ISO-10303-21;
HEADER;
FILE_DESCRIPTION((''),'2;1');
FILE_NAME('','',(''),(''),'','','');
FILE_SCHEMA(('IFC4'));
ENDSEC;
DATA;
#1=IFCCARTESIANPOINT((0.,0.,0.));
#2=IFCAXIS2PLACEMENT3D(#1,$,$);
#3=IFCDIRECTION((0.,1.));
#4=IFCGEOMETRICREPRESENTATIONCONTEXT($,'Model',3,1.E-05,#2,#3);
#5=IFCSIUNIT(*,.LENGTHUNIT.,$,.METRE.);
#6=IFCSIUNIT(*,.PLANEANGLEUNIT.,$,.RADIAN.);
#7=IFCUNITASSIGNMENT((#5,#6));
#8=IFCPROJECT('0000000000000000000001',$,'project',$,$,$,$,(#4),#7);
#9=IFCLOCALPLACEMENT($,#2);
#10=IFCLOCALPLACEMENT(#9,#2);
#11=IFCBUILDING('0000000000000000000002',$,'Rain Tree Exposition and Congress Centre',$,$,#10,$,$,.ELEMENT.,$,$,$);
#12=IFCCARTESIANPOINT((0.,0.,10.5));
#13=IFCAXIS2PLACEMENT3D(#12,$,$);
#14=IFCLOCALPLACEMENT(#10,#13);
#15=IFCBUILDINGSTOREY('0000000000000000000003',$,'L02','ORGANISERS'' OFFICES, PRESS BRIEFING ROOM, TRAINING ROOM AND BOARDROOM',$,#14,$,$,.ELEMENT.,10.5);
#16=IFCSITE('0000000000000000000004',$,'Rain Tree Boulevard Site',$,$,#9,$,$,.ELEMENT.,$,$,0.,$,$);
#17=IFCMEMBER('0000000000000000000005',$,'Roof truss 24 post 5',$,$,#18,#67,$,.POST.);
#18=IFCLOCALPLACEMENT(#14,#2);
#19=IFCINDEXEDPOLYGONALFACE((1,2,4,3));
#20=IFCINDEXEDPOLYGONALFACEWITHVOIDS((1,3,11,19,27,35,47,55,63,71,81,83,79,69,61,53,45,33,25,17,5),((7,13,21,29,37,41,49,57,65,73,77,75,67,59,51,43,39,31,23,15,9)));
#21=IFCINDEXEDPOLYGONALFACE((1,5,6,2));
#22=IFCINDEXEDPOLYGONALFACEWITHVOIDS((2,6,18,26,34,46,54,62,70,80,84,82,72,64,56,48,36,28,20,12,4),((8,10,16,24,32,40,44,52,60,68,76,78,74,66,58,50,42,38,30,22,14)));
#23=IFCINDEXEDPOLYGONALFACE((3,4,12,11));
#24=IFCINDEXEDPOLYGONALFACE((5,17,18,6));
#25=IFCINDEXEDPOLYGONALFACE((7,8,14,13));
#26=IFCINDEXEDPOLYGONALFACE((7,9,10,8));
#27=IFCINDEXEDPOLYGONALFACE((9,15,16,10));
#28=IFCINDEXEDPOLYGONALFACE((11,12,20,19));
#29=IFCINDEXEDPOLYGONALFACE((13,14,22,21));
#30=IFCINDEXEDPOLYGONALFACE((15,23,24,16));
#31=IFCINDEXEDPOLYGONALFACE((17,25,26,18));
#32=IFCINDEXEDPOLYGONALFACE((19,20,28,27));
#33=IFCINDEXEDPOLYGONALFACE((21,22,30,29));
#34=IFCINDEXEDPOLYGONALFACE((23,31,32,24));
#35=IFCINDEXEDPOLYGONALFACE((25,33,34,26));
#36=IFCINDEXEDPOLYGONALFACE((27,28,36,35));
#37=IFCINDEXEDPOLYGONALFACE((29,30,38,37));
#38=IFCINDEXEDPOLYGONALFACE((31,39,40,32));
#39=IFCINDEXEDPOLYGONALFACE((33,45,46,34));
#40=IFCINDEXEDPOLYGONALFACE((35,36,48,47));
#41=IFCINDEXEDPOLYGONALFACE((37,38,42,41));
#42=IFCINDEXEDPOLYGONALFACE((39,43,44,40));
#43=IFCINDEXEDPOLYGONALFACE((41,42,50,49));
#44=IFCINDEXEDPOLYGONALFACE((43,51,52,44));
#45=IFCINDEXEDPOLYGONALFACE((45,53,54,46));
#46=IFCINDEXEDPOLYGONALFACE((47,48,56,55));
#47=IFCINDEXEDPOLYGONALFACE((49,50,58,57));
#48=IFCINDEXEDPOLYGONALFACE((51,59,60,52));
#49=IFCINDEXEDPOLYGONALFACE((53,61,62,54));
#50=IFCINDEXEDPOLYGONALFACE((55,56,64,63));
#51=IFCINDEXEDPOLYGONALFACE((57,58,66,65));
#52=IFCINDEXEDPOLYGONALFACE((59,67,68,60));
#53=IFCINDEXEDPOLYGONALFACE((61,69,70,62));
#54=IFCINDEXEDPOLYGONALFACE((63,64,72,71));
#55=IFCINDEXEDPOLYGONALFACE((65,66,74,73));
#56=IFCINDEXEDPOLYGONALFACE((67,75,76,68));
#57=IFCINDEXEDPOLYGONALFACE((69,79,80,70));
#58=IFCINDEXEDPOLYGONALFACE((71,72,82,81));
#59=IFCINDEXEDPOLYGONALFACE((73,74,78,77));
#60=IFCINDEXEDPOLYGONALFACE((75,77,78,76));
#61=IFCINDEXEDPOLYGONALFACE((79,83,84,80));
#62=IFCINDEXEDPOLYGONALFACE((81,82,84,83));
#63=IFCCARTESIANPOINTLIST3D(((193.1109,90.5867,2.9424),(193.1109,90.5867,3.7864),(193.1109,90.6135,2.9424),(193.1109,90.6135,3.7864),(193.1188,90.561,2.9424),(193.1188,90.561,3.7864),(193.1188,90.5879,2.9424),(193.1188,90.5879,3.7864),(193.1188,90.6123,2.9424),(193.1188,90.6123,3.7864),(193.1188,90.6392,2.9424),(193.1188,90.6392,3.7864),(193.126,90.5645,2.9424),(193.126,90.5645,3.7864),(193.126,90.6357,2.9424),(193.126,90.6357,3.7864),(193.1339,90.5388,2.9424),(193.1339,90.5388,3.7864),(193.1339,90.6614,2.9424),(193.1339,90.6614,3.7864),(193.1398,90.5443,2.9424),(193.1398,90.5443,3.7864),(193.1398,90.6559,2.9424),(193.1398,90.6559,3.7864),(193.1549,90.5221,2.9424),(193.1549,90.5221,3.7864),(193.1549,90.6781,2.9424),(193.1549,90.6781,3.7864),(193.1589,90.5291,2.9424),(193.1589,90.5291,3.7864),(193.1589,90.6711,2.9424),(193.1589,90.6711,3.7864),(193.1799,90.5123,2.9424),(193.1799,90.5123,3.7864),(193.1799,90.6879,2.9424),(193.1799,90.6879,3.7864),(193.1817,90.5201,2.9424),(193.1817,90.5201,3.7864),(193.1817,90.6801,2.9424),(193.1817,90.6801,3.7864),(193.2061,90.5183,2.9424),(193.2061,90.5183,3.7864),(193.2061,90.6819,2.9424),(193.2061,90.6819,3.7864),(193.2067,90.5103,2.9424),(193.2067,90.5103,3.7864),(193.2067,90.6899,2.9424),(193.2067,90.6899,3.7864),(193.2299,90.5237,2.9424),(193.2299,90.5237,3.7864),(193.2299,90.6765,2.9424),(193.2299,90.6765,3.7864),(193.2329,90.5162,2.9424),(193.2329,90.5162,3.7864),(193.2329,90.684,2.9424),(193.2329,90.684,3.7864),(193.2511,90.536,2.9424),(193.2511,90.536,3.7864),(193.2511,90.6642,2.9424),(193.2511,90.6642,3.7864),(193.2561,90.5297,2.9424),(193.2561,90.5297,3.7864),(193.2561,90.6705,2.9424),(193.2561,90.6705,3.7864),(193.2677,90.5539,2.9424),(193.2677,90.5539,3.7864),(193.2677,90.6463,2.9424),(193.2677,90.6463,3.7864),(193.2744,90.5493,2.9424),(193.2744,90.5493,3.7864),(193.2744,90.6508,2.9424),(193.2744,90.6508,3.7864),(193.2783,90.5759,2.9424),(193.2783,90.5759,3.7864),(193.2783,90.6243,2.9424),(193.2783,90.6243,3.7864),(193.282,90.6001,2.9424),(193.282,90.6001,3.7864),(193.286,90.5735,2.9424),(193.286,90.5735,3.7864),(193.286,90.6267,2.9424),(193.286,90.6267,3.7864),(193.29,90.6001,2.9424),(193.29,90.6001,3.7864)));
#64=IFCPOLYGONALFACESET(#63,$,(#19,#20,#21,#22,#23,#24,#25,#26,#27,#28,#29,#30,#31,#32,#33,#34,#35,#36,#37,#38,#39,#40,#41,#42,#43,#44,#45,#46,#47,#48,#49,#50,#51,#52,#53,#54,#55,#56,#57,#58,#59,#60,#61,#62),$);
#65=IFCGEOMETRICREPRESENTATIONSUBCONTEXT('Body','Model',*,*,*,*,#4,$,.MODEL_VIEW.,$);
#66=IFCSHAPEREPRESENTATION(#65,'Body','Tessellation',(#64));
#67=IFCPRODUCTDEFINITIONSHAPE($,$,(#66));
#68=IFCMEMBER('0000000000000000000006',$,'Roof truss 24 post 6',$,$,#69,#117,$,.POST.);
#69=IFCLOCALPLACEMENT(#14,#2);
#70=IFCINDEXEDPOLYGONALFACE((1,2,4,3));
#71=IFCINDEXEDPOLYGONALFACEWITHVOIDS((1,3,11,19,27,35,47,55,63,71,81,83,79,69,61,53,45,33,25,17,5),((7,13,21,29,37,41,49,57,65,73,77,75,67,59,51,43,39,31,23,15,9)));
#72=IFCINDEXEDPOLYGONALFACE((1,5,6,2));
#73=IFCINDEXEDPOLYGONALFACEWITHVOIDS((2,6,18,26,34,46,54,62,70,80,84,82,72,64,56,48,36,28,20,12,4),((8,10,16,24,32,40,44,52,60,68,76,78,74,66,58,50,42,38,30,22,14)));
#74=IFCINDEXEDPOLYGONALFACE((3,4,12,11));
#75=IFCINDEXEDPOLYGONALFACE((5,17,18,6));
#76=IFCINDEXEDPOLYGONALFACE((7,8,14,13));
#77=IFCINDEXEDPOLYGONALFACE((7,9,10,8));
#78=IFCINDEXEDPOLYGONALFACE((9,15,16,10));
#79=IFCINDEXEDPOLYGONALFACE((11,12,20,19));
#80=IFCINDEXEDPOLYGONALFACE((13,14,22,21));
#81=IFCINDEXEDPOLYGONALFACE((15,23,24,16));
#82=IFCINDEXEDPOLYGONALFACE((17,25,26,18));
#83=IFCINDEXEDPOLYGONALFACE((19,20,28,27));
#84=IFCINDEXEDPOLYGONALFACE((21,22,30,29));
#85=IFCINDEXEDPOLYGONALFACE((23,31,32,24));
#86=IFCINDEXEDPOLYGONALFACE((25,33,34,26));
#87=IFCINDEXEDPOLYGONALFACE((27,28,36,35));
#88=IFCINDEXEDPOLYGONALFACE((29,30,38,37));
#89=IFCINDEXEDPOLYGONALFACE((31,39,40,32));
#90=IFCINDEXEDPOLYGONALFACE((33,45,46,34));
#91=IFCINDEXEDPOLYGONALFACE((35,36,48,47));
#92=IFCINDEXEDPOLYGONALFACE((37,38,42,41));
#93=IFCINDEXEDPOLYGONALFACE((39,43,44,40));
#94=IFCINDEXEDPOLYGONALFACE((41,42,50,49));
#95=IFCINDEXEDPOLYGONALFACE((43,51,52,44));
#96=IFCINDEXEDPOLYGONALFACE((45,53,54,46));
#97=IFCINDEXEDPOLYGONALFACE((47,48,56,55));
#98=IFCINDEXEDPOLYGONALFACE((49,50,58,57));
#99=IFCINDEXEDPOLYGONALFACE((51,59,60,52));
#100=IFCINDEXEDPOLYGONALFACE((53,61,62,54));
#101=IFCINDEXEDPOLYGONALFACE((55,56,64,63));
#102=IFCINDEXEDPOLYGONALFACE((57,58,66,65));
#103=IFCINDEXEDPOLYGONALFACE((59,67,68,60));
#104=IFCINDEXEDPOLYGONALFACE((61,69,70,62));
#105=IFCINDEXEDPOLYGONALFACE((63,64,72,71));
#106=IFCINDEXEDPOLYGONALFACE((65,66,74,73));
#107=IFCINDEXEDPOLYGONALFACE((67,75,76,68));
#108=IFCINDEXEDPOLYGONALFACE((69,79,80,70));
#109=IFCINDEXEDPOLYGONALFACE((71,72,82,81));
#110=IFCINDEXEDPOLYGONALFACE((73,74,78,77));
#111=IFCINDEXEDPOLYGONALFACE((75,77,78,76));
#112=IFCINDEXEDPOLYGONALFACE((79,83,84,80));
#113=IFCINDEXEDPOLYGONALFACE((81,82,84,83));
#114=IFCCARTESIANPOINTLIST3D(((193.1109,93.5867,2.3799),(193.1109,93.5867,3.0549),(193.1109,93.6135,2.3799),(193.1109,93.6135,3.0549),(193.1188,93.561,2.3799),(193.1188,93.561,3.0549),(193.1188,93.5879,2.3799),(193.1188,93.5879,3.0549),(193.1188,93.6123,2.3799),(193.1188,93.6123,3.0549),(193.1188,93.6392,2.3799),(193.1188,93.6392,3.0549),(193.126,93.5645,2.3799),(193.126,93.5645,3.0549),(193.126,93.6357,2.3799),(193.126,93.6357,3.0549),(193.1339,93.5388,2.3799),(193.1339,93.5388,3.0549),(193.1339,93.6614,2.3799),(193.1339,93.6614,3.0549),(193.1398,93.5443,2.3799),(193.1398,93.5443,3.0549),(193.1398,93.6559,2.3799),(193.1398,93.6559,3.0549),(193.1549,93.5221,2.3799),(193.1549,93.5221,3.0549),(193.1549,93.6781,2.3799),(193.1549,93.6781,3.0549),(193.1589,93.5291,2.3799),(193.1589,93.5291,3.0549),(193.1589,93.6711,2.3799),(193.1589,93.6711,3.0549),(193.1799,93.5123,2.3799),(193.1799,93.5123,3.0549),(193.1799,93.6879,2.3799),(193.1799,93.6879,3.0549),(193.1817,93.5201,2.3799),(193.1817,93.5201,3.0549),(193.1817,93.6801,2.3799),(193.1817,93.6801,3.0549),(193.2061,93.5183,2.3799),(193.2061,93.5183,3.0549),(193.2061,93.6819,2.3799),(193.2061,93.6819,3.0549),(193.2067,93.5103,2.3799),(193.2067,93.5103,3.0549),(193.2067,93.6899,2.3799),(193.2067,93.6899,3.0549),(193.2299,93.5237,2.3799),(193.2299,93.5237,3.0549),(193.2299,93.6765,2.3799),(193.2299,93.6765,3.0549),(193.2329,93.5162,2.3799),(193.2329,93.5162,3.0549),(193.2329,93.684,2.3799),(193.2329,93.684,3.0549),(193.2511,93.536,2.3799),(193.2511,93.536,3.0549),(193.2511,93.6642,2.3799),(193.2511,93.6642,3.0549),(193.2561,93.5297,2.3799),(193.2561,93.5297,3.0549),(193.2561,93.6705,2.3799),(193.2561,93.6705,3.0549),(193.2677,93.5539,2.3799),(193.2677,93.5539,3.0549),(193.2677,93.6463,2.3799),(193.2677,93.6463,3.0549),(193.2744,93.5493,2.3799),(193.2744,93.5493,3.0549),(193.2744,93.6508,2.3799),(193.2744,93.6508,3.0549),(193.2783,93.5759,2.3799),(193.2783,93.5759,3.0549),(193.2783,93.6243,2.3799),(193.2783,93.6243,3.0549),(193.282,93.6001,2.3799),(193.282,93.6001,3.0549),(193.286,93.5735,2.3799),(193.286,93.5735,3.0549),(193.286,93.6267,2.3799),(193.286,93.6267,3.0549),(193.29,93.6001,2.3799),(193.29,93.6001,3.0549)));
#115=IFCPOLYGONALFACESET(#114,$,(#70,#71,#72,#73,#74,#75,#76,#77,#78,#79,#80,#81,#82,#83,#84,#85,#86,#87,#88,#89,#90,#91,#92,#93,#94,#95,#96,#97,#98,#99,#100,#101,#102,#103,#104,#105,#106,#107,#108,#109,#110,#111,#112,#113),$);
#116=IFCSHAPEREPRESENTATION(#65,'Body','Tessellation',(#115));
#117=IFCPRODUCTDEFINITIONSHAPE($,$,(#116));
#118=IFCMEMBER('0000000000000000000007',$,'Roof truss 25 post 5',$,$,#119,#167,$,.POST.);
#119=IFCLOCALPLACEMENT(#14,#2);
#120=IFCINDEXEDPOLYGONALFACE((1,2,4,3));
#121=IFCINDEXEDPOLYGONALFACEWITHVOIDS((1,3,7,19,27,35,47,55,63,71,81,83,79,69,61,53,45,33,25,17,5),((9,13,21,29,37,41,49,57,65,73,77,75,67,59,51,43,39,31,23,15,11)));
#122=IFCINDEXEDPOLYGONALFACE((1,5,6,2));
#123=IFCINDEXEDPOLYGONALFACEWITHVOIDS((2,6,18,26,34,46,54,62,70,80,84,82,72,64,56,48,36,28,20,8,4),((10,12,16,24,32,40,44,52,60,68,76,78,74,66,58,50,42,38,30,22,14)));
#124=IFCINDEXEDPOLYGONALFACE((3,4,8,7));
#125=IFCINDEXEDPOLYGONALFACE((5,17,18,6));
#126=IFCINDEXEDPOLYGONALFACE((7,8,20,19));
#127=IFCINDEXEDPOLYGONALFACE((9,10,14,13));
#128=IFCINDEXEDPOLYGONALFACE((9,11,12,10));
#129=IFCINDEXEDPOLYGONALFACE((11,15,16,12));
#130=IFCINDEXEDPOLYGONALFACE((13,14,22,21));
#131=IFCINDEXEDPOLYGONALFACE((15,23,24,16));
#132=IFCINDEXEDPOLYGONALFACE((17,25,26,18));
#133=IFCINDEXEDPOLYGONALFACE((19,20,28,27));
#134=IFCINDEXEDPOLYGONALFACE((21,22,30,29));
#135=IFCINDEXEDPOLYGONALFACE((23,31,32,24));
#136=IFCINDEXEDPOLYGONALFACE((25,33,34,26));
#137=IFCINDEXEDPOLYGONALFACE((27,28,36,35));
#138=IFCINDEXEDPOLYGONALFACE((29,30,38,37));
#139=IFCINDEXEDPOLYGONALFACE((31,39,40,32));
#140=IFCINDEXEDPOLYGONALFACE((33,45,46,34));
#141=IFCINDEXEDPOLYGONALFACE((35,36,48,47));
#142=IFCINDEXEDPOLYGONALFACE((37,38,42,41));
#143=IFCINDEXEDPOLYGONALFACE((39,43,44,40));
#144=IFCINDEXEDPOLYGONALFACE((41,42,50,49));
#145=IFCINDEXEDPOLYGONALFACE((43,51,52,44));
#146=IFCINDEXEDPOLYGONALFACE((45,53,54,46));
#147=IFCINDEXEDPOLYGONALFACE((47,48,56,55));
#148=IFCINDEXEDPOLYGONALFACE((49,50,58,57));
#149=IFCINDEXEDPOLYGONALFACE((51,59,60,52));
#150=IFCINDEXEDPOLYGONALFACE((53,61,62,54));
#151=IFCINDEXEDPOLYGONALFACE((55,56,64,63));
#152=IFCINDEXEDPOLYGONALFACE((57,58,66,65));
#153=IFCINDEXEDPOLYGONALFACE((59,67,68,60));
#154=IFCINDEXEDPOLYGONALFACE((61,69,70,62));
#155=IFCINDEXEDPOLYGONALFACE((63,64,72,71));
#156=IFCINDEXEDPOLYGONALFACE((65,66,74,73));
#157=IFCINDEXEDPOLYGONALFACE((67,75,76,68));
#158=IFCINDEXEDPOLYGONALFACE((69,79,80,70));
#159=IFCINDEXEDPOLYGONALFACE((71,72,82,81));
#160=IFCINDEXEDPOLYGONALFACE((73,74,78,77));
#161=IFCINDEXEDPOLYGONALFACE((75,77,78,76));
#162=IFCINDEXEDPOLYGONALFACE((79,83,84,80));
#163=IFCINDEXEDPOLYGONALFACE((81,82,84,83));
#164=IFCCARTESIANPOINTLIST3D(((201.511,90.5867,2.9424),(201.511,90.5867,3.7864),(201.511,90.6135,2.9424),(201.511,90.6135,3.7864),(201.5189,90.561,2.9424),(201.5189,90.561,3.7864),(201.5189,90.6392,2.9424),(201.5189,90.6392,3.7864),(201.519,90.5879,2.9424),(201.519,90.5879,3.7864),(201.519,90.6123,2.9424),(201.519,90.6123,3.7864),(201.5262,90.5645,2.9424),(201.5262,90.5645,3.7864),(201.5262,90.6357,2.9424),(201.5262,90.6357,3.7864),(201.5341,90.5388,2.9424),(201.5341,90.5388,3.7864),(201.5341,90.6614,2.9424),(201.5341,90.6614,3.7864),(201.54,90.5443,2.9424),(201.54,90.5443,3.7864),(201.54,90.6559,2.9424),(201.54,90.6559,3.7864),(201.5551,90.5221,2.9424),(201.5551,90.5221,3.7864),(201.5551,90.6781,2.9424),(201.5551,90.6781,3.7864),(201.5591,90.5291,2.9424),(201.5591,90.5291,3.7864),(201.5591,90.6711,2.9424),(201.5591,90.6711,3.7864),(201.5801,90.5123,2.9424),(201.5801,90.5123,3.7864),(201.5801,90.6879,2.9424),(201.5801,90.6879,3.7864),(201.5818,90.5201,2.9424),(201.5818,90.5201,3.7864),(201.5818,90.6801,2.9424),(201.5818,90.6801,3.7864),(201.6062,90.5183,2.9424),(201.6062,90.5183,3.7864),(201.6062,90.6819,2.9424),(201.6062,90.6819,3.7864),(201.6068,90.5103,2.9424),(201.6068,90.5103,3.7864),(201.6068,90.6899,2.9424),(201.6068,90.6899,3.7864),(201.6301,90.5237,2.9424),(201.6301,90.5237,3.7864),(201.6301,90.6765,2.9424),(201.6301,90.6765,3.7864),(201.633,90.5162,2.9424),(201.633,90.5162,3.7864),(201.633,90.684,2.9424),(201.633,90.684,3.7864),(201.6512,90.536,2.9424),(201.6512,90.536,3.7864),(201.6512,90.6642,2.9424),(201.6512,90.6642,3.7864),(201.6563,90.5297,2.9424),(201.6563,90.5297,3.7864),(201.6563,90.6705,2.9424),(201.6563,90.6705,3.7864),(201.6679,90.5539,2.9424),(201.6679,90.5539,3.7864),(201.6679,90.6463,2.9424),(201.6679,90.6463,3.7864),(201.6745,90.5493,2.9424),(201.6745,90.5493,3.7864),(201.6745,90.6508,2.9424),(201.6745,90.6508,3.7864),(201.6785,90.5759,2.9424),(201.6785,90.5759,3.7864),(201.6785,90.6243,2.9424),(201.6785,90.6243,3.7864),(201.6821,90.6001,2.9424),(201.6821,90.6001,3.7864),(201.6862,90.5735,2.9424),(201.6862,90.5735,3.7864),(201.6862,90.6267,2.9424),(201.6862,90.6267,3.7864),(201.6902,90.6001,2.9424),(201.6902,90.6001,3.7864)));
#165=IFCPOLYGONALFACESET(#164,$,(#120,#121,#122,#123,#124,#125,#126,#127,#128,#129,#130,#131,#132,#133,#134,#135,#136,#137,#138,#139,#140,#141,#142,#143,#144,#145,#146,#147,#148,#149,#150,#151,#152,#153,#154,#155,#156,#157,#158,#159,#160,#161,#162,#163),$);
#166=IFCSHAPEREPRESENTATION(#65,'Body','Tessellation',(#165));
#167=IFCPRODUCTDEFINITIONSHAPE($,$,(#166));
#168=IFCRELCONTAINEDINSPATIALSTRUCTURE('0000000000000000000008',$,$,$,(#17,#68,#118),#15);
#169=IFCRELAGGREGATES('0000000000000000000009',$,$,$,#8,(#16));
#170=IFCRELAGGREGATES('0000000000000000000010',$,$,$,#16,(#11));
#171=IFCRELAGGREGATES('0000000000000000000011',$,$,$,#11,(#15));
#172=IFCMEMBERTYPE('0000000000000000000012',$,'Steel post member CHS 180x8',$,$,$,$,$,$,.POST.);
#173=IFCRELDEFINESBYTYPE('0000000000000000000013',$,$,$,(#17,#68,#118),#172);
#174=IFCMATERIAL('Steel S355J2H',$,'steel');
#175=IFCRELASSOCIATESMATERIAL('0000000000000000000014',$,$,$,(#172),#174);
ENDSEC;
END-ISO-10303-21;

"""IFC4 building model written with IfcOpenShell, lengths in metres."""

from ifc_helpers import new_model, si_unit, direction, frame, origin, origin_2d, place, context, subcontext, project, spatial, hollow_circle, extrude, material, material_profile, profile_set, type_object, element, save


model = new_model("IFC4")

# Units and contexts
model_context = context("Model", 3, precision=1e-05, world=origin(), true_north=direction((0.0, 1.0)))
body_context = subcontext(model_context, "Body", "Model", "MODEL_VIEW")
ifc_project = project(units=[si_unit("LENGTHUNIT", "METRE"), si_unit("PLANEANGLEUNIT", "RADIAN")], contexts=[model_context])

# Site, building, storey
site_placement = place(None, origin())
site = spatial("IfcSite", under=ifc_project, at=site_placement, Name="Rain Tree Boulevard Site", CompositionType="ELEMENT", RefElevation=0.0)
building_placement = place(site_placement, origin())
building = spatial("IfcBuilding", under=site, at=building_placement, Name="Rain Tree Exposition and Congress Centre", CompositionType="ELEMENT")
storey_placement = place(building_placement, frame((0.0, 0.0, 10.5)))
storey = spatial("IfcBuildingStorey", under=building, at=storey_placement, Name="L02", Description="ORGANISERS' OFFICES, PRESS BRIEFING ROOM, TRAINING ROOM AND BOARDROOM", CompositionType="ELEMENT", Elevation=10.5)

# Members
ifc_material_1 = material(Name="Steel S355J2H", Category="steel")
ifc_material_profile_1 = material_profile(ifc_material_1, hollow_circle(Radius=0.0901, WallThickness=0.0081, at=origin_2d()), Name="CHS 180x8")
ifc_profile_set_1 = profile_set([ifc_material_profile_1], Name="Steel S355J2H")
member_type_1 = type_object("IfcMemberType", Name="Steel post member CHS 180x8", PredefinedType="POST", material=ifc_profile_set_1)
member_1_placement = place(storey_placement, frame((193.2, 90.6001, 2.9424), z_axis=(0.0, 0.0, 1.0), x_axis=(1.0, 0.0, 0.0)))
element("IfcMember", 1, at=member_1_placement, inside=storey, type_object=member_type_1, Name="Roof truss 24 post 5", PredefinedType="POST", context=body_context, shape_type="SweptSolid", body=[
    extrude(hollow_circle(Radius=0.0901, WallThickness=0.0081, at=origin_2d()), origin(), (0.0, 0.0, 1.0), 0.844),
])
member_2_placement = place(storey_placement, frame((193.2, 93.6001, 2.3799), z_axis=(0.0, 0.0, 1.0), x_axis=(1.0, 0.0, 0.0)))
element("IfcMember", 2, at=member_2_placement, inside=storey, type_object=member_type_1, Name="Roof truss 24 post 6", PredefinedType="POST", context=body_context, shape_type="SweptSolid", body=[
    extrude(hollow_circle(Radius=0.0901, WallThickness=0.0081, at=origin_2d()), origin(), (0.0, 0.0, 1.0), 0.675),
])
member_3_placement = place(storey_placement, frame((201.6001, 90.6001, 2.9424), z_axis=(0.0, 0.0, 1.0), x_axis=(1.0, 0.0, 0.0)))
element("IfcMember", 3, at=member_3_placement, inside=storey, type_object=member_type_1, Name="Roof truss 25 post 5", PredefinedType="POST", context=body_context, shape_type="SweptSolid", body=[
    extrude(hollow_circle(Radius=0.0901, WallThickness=0.0081, at=origin_2d()), origin(), (0.0, 0.0, 1.0), 0.844),
])

save(model, "model.ifc")
